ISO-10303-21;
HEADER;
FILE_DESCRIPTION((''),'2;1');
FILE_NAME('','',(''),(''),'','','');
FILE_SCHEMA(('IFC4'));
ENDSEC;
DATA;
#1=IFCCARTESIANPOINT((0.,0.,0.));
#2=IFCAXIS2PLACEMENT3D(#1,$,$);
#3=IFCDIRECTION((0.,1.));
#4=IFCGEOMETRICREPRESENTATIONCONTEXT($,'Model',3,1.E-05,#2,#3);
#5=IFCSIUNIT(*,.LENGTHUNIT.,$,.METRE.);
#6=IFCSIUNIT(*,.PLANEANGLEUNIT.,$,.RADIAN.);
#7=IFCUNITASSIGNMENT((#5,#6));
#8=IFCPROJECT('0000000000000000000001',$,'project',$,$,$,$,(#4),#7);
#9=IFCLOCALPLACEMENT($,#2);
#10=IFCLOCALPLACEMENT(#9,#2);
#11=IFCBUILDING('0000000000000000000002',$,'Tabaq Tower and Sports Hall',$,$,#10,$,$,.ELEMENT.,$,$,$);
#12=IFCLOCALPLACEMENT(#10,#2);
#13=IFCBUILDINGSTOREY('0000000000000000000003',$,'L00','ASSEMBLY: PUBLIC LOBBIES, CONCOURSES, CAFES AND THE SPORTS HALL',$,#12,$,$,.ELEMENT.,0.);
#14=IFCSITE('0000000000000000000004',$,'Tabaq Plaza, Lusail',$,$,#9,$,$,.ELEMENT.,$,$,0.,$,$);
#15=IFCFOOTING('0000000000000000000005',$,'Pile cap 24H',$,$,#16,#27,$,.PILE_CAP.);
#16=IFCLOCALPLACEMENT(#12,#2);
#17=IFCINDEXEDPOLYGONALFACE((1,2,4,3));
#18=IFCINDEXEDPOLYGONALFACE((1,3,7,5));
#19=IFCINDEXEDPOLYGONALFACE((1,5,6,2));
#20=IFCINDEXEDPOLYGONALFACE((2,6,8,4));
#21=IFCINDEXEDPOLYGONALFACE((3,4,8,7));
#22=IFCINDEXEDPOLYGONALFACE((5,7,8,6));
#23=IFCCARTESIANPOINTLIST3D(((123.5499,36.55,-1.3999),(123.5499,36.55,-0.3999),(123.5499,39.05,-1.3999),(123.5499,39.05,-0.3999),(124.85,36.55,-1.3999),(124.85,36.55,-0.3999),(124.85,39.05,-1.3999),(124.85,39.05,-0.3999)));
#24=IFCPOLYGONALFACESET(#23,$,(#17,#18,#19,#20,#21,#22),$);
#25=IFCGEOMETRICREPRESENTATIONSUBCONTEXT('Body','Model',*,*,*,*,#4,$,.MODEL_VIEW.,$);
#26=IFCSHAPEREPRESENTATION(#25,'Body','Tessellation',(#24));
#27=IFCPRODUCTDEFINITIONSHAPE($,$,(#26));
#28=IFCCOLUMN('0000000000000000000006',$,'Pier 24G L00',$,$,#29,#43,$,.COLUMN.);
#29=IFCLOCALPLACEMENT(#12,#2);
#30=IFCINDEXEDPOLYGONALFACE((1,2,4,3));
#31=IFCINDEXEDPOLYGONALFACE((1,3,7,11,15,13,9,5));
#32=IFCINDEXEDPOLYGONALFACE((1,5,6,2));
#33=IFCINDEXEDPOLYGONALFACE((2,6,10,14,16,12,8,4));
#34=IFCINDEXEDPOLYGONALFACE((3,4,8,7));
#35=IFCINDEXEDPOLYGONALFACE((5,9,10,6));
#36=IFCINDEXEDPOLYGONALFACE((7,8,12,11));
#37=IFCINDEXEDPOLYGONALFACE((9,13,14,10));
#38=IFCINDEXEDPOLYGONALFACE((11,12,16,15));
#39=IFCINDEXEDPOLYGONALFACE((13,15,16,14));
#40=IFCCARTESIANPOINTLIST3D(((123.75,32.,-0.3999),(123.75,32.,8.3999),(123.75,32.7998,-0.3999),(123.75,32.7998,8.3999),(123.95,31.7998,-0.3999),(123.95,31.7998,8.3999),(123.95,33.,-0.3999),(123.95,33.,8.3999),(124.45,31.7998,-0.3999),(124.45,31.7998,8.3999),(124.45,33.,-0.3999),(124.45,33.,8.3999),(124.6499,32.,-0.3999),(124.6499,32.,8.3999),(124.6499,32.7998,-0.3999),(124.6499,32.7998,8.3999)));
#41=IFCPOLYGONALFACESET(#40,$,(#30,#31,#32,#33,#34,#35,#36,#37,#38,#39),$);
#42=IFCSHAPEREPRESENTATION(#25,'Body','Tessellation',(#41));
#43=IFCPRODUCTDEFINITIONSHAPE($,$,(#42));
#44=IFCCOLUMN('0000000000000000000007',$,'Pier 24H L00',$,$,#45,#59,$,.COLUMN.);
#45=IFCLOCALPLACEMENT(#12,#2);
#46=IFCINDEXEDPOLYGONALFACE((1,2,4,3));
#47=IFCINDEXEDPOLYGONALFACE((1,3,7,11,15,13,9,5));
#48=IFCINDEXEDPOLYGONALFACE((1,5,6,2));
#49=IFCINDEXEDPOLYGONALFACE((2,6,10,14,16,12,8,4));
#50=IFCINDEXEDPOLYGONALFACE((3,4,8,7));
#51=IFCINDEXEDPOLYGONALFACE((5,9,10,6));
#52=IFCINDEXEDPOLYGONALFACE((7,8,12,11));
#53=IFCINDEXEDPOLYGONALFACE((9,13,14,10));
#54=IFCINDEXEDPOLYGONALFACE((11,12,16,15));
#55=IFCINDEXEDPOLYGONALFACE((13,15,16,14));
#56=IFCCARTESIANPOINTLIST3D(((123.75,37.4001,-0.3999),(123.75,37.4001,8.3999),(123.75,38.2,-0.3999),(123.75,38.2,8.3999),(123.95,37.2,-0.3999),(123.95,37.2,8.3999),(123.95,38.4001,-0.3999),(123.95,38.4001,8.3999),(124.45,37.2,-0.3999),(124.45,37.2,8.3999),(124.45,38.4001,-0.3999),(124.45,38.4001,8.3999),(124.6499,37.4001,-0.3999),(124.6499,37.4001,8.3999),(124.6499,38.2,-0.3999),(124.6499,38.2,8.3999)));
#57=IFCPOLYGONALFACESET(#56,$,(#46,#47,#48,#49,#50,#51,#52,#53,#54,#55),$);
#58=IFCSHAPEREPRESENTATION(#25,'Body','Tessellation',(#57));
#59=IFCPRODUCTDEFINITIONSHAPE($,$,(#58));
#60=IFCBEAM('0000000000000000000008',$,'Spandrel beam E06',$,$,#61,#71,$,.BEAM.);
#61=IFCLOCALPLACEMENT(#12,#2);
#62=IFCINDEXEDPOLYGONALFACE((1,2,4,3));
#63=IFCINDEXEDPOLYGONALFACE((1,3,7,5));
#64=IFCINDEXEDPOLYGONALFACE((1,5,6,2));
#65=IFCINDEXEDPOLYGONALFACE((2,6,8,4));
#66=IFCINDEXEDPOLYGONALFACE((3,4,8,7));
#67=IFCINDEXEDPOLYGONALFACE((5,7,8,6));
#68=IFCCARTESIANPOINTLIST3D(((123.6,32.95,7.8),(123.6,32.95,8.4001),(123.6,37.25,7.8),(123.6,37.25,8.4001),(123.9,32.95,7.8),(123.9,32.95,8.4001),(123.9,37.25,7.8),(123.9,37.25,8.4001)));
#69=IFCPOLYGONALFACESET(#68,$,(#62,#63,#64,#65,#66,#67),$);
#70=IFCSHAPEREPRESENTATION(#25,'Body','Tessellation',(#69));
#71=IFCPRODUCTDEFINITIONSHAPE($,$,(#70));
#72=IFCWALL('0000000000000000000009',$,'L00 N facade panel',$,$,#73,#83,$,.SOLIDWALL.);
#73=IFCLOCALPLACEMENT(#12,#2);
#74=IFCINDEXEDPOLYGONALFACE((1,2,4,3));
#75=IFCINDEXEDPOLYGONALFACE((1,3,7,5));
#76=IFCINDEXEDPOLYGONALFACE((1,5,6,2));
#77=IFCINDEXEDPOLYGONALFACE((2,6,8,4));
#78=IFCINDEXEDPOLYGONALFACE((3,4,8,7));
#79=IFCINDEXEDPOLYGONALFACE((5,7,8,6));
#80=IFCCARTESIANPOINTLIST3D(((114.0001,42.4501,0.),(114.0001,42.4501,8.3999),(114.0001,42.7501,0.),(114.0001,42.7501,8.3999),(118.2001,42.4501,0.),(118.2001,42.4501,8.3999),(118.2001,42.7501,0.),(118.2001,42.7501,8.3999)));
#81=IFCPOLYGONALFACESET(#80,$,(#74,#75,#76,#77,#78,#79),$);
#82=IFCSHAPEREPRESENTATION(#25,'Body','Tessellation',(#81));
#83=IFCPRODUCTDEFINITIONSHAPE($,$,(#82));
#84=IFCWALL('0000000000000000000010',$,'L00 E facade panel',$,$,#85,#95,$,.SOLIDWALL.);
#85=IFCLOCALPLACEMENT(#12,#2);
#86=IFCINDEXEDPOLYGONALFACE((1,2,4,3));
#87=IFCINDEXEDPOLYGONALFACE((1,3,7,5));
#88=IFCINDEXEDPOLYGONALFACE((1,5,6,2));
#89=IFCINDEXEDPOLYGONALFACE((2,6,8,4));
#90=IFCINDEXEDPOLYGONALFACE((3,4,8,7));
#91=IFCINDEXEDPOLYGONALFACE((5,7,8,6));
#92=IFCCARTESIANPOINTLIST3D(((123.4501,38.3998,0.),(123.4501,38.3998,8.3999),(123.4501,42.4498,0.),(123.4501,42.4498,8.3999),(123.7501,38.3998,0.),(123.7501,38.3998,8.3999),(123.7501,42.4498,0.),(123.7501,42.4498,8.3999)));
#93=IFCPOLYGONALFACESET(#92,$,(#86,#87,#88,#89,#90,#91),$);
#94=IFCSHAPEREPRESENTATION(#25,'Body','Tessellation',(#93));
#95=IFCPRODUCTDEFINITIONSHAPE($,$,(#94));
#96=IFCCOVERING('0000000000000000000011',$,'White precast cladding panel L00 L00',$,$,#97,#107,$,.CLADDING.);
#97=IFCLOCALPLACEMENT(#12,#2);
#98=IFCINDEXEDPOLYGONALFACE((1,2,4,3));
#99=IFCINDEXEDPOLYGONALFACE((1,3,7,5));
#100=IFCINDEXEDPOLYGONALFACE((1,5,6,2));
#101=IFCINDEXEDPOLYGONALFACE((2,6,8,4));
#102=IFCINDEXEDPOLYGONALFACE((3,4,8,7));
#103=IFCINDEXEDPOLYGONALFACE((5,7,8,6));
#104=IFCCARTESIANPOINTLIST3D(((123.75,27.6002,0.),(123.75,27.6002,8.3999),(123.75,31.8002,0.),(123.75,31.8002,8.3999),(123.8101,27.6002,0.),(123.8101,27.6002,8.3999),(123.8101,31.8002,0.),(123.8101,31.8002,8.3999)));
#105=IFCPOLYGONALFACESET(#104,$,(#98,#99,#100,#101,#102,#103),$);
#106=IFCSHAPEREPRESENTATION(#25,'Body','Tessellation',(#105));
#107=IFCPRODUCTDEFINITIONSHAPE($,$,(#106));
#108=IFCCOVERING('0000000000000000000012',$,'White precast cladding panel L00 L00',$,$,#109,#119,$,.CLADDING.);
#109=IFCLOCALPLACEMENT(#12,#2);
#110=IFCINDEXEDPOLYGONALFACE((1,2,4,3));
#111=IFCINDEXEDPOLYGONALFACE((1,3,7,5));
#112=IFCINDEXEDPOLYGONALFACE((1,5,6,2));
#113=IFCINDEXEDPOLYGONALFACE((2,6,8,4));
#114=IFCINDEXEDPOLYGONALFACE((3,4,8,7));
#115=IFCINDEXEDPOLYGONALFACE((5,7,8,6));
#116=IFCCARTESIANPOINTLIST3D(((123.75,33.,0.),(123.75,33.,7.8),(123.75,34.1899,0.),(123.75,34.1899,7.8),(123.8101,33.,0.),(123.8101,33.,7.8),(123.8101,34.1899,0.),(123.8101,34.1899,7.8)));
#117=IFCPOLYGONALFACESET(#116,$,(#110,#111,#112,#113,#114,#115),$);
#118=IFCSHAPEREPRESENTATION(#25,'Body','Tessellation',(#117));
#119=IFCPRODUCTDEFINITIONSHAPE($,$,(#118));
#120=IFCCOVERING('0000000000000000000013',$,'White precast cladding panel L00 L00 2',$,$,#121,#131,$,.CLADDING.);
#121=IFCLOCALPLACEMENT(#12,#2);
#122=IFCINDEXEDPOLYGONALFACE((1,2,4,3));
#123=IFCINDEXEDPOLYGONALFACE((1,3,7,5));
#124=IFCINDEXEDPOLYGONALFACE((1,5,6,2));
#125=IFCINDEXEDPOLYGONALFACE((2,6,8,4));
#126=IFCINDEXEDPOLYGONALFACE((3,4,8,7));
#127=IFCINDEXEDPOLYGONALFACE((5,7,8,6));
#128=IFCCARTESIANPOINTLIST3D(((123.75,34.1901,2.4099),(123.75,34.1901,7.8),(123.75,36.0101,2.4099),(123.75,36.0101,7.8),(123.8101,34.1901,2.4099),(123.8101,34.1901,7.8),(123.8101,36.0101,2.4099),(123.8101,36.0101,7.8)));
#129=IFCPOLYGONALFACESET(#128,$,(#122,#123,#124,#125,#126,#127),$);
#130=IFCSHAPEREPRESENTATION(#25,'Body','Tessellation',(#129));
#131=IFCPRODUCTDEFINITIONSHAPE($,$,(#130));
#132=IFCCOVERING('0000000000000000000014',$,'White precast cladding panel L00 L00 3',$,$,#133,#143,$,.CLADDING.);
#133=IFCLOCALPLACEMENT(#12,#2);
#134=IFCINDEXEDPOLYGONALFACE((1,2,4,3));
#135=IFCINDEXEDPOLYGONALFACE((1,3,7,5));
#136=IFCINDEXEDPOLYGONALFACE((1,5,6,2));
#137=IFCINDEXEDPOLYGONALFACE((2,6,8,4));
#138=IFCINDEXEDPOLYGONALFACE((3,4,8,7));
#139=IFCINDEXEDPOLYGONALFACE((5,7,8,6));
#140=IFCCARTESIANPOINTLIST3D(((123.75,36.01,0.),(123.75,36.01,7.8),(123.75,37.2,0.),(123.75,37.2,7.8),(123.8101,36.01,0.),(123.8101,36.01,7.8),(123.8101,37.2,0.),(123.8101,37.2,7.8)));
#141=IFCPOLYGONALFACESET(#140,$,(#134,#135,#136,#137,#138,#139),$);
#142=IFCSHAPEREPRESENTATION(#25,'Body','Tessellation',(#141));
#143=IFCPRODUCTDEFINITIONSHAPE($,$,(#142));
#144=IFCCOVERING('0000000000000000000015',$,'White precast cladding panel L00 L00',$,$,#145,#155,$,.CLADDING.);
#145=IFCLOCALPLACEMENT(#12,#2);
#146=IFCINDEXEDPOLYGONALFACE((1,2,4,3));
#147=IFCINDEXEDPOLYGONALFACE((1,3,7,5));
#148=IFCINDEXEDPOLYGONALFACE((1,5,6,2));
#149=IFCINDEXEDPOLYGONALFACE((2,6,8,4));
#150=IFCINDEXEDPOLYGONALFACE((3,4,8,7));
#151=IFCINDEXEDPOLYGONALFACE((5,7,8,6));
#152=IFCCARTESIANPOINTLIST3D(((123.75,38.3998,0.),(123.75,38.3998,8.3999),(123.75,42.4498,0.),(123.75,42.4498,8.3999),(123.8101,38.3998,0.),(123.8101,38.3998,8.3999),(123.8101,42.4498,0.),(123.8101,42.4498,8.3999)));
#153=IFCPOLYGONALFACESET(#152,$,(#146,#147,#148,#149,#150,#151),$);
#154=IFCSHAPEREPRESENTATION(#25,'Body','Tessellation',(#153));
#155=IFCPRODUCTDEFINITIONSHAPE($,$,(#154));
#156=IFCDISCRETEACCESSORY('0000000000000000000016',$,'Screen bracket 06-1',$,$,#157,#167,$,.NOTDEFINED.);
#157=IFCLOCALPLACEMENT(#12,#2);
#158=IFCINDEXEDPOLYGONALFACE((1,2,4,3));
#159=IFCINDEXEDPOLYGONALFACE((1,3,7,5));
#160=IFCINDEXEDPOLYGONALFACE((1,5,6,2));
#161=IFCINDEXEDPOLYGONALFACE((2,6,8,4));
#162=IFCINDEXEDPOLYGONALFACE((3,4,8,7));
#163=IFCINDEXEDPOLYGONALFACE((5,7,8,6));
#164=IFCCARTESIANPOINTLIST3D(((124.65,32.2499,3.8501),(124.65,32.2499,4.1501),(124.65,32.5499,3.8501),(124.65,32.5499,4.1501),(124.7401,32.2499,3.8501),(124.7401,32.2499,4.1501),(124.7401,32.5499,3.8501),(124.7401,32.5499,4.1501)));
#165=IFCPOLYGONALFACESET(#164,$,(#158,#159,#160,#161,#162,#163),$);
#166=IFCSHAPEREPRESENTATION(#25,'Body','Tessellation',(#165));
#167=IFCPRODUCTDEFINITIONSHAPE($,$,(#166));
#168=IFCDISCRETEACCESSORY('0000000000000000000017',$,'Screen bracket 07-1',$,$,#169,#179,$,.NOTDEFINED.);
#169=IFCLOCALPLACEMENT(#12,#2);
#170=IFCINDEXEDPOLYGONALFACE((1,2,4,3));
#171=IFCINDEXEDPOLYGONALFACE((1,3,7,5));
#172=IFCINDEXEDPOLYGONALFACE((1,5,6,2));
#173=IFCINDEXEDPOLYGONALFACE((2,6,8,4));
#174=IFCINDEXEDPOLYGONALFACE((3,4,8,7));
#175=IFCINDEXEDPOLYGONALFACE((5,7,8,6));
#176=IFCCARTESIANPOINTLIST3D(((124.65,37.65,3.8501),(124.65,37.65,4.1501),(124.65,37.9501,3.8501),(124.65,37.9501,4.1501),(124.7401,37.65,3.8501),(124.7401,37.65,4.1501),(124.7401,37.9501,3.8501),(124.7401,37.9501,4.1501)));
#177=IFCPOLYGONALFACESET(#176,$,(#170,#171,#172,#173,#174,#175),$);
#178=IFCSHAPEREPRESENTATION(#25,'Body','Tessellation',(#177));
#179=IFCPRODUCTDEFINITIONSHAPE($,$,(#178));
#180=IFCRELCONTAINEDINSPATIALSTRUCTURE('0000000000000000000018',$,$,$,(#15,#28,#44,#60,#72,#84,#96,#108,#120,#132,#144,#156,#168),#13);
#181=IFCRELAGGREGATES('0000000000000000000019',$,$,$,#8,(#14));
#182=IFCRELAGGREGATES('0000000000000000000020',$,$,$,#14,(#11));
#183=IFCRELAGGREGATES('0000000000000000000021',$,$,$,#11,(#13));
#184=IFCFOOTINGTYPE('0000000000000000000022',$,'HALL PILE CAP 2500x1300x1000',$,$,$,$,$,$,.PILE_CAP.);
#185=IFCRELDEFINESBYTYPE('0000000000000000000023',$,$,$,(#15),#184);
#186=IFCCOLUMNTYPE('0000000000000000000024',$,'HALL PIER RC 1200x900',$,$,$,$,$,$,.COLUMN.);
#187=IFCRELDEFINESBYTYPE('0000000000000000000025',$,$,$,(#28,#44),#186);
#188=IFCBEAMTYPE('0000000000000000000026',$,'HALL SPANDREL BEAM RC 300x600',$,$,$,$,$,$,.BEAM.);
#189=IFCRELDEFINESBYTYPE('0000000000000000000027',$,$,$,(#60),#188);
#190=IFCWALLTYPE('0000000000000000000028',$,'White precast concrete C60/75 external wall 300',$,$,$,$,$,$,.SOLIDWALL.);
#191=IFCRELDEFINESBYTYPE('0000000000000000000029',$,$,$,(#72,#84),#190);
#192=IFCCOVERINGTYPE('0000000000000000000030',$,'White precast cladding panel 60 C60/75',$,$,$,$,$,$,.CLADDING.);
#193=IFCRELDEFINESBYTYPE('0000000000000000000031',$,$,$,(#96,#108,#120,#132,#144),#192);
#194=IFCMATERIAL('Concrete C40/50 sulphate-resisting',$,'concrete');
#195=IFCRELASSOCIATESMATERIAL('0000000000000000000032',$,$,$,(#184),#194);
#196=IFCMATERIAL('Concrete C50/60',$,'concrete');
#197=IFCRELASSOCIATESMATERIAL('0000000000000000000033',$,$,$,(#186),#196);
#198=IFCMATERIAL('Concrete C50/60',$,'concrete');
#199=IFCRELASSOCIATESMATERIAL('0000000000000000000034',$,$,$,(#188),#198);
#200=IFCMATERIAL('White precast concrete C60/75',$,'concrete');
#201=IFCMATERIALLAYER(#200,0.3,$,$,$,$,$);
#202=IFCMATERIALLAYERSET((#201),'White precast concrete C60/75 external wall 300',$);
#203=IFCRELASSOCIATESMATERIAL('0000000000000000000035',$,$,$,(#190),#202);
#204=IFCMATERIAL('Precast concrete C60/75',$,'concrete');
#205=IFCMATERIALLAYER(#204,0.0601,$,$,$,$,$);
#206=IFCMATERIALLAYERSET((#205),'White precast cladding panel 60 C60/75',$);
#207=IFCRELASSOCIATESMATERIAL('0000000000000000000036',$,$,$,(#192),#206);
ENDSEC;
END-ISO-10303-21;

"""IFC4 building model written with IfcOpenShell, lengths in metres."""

from ifc_helpers import new_model, si_unit, direction, frame, frame_2d, origin, origin_2d, place, context, subcontext, project, spatial, polyline, rectangle, outline, extrude, material, layer, layer_set, material_profile, profile_set, type_object, element, save


model = new_model("IFC4")

# Units and contexts
model_context = context("Model", 3, precision=1e-05, world=origin(), true_north=direction((0.0, 1.0)))
body_context = subcontext(model_context, "Body", "Model", "MODEL_VIEW")
ifc_project = project(units=[si_unit("LENGTHUNIT", "METRE"), si_unit("PLANEANGLEUNIT", "RADIAN")], contexts=[model_context])

# Site, building, storey
site_placement = place(None, origin())
site = spatial("IfcSite", under=ifc_project, at=site_placement, Name="Tabaq Plaza, Lusail", CompositionType="ELEMENT", RefElevation=0.0)
building_placement = place(site_placement, origin())
building = spatial("IfcBuilding", under=site, at=building_placement, Name="Tabaq Tower and Sports Hall", CompositionType="ELEMENT")
storey_placement = place(building_placement, origin())
storey = spatial("IfcBuildingStorey", under=building, at=storey_placement, Name="L00", Description="ASSEMBLY: PUBLIC LOBBIES, CONCOURSES, CAFES AND THE SPORTS HALL", CompositionType="ELEMENT", Elevation=0.0)

# Footing
ifc_material_1 = material(Name="Concrete C40/50 sulphate-resisting", Category="concrete")
footing_type = type_object("IfcFootingType", Name="HALL PILE CAP 2500x1300x1000", PredefinedType="PILE_CAP", material=ifc_material_1)
for number, where, z_axis, x_axis, name in (
    (1, (124.2, 37.8, -1.3999), (0.0, 0.0, 1.0), (0.0, 1.0, 0.0), "Pile cap 24H"),
):
    element("IfcFooting", number, at=place(storey_placement, frame(where, z_axis=z_axis, x_axis=x_axis)), inside=storey, type_object=footing_type, Name=name, PredefinedType="PILE_CAP", context=body_context, shape_type="SweptSolid", body=[
        extrude(rectangle(XDim=2.5, YDim=1.3, at=origin_2d()), origin(), (0.0, 0.0, 1.0), 1.0),
    ])

# Columns
ifc_material_2 = material(Name="Concrete C50/60", Category="concrete")
ifc_material_profile_1 = material_profile(ifc_material_2, outline(polyline([(-0.3999, -0.45), (0.3999, -0.45), (0.6001, -0.25), (0.6001, 0.25), (0.3999, 0.45), (-0.3999, 0.45), (-0.6001, 0.25), (-0.6001, -0.25), (-0.3999, -0.45)])), Name="PIER 1200x900")
ifc_profile_set_1 = profile_set([ifc_material_profile_1], Name="Concrete C50/60")
column_type = type_object("IfcColumnType", Name="HALL PIER RC 1200x900", PredefinedType="COLUMN", material=ifc_profile_set_1)
for number, where, z_axis, x_axis, name in (
    (2, (124.2, 32.3999, -0.3999), (0.0, 0.0, 1.0), (0.0, 1.0, 0.0), "Pier 24G L00"),
    (3, (124.2, 37.8, -0.3999), (0.0, 0.0, 1.0), (0.0, 1.0, 0.0), "Pier 24H L00"),
):
    element("IfcColumn", number, at=place(storey_placement, frame(where, z_axis=z_axis, x_axis=x_axis)), inside=storey, type_object=column_type, Name=name, PredefinedType="COLUMN", context=body_context, shape_type="SweptSolid", body=[
        extrude(outline(polyline([(-0.3999, -0.45), (0.3999, -0.45), (0.6001, -0.25), (0.6001, 0.25), (0.3999, 0.45), (-0.3999, 0.45), (-0.6001, 0.25), (-0.6001, -0.25), (-0.3999, -0.45)])), origin(), (0.0, 0.0, 1.0), 8.7998),
    ])

# Beam
ifc_material_3 = material(Name="Concrete C50/60", Category="concrete")
ifc_material_profile_2 = material_profile(ifc_material_3, rectangle(XDim=0.3, YDim=0.6001, at=origin_2d()), Name="RC 300x600")
ifc_profile_set_2 = profile_set([ifc_material_profile_2], Name="Concrete C50/60")
beam_type = type_object("IfcBeamType", Name="HALL SPANDREL BEAM RC 300x600", PredefinedType="BEAM", material=ifc_profile_set_2)
beam_placement = place(storey_placement, frame((123.75, 32.95, 8.1001), z_axis=(0.0, 1.0, 0.0), x_axis=(-1.0, 0.0, 0.0)))
element("IfcBeam", 4, at=beam_placement, inside=storey, type_object=beam_type, Name="Spandrel beam E06", PredefinedType="BEAM", context=body_context, shape_type="SweptSolid", body=[
    extrude(rectangle(XDim=0.3, YDim=0.6001, at=origin_2d()), origin(), (0.0, 0.0, 1.0), 4.3),
])

# Wall
ifc_material_4 = material(Name="White precast concrete C60/75", Category="concrete")
ifc_layer_1 = layer(ifc_material_4, 0.3)
ifc_layer_set_1 = layer_set([ifc_layer_1], Name="White precast concrete C60/75 external wall 300")
wall_type = type_object("IfcWallType", Name="White precast concrete C60/75 external wall 300", PredefinedType="SOLIDWALL", material=ifc_layer_set_1)
wall_1_placement = place(storey_placement, frame((114.0, 42.6001, 0.0), z_axis=(0.0, 0.0, 1.0), x_axis=(1.0, 0.0, 0.0)))
element("IfcWall", 5, at=wall_1_placement, inside=storey, type_object=wall_type, Name="L00 N facade panel", PredefinedType="SOLIDWALL", context=body_context, shape_type="SweptSolid", body=[
    extrude(rectangle(XDim=4.2, YDim=0.3, at=frame_2d((2.1001, 0.0))), origin(), (0.0, 0.0, 1.0), 8.3999),
])

# Wall
wall_2_placement = place(storey_placement, frame((123.6001, 38.3999, 0.0), z_axis=(0.0, 0.0, 1.0), x_axis=(0.0, 1.0, 0.0)))
element("IfcWall", 6, at=wall_2_placement, inside=storey, type_object=wall_type, Name="L00 E facade panel", PredefinedType="SOLIDWALL", context=body_context, shape_type="SweptSolid", body=[
    extrude(rectangle(XDim=4.05, YDim=0.3, at=frame_2d((2.0249, 0.0))), origin(), (0.0, 0.0, 1.0), 8.3999),
])

# Coverings
ifc_material_5 = material(Name="Precast concrete C60/75", Category="concrete")
ifc_layer_2 = layer(ifc_material_5, 0.0601)
ifc_layer_set_2 = layer_set([ifc_layer_2], Name="White precast cladding panel 60 C60/75")
covering_type = type_object("IfcCoveringType", Name="White precast cladding panel 60 C60/75", PredefinedType="CLADDING", material=ifc_layer_set_2)
covering_1_placement = place(storey_placement, frame((123.78, 27.6001, 0.0), z_axis=(0.0, 0.0, 1.0), x_axis=(0.0, 1.0, 0.0)))
element("IfcCovering", 7, at=covering_1_placement, inside=storey, type_object=covering_type, Name="White precast cladding panel L00 L00", PredefinedType="CLADDING", context=body_context, shape_type="SweptSolid", body=[
    extrude(rectangle(XDim=4.2, YDim=0.0601, at=frame_2d((2.1001, 0.0))), origin(), (0.0, 0.0, 1.0), 8.3999),
])
covering_2_placement = place(storey_placement, frame((123.78, 33.0, 0.0), z_axis=(0.0, 0.0, 1.0), x_axis=(0.0, 1.0, 0.0)))
element("IfcCovering", 8, at=covering_2_placement, inside=storey, type_object=covering_type, Name="White precast cladding panel L00 L00", PredefinedType="CLADDING", context=body_context, shape_type="SweptSolid", body=[
    extrude(rectangle(XDim=1.1899, YDim=0.0601, at=frame_2d((0.595, 0.0))), origin(), (0.0, 0.0, 1.0), 7.8),
])
covering_3_placement = place(storey_placement, frame((123.78, 34.1899, 2.4099), z_axis=(0.0, 0.0, 1.0), x_axis=(0.0, 1.0, 0.0)))
element("IfcCovering", 9, at=covering_3_placement, inside=storey, type_object=covering_type, Name="White precast cladding panel L00 L00 2", PredefinedType="CLADDING", context=body_context, shape_type="SweptSolid", body=[
    extrude(rectangle(XDim=1.8201, YDim=0.0601, at=frame_2d((0.9102, 0.0))), origin(), (0.0, 0.0, 1.0), 5.3901),
])
covering_4_placement = place(storey_placement, frame((123.78, 36.01, 0.0), z_axis=(0.0, 0.0, 1.0), x_axis=(0.0, 1.0, 0.0)))
element("IfcCovering", 10, at=covering_4_placement, inside=storey, type_object=covering_type, Name="White precast cladding panel L00 L00 3", PredefinedType="CLADDING", context=body_context, shape_type="SweptSolid", body=[
    extrude(rectangle(XDim=1.1899, YDim=0.0601, at=frame_2d((0.595, 0.0))), origin(), (0.0, 0.0, 1.0), 7.8),
])
covering_5_placement = place(storey_placement, frame((123.78, 38.3999, 0.0), z_axis=(0.0, 0.0, 1.0), x_axis=(0.0, 1.0, 0.0)))
element("IfcCovering", 11, at=covering_5_placement, inside=storey, type_object=covering_type, Name="White precast cladding panel L00 L00", PredefinedType="CLADDING", context=body_context, shape_type="SweptSolid", body=[
    extrude(rectangle(XDim=4.05, YDim=0.0601, at=frame_2d((2.0249, 0.0))), origin(), (0.0, 0.0, 1.0), 8.3999),
])

# Discrete accessories
for number, where, z_axis, x_axis, name in (
    (12, (124.6951, 32.3999, 3.8501), (0.0, 0.0, 1.0), (1.0, 0.0, 0.0), "Screen bracket 06-1"),
    (13, (124.6951, 37.8, 3.8501), (0.0, 0.0, 1.0), (1.0, 0.0, 0.0), "Screen bracket 07-1"),
):
    element("IfcDiscreteAccessory", number, at=place(storey_placement, frame(where, z_axis=z_axis, x_axis=x_axis)), inside=storey, Name=name, PredefinedType="NOTDEFINED", context=body_context, shape_type="SweptSolid", body=[
        extrude(rectangle(XDim=0.0901, YDim=0.3, at=origin_2d()), origin(), (0.0, 0.0, 1.0), 0.3),
    ])

save(model, "model.ifc")
